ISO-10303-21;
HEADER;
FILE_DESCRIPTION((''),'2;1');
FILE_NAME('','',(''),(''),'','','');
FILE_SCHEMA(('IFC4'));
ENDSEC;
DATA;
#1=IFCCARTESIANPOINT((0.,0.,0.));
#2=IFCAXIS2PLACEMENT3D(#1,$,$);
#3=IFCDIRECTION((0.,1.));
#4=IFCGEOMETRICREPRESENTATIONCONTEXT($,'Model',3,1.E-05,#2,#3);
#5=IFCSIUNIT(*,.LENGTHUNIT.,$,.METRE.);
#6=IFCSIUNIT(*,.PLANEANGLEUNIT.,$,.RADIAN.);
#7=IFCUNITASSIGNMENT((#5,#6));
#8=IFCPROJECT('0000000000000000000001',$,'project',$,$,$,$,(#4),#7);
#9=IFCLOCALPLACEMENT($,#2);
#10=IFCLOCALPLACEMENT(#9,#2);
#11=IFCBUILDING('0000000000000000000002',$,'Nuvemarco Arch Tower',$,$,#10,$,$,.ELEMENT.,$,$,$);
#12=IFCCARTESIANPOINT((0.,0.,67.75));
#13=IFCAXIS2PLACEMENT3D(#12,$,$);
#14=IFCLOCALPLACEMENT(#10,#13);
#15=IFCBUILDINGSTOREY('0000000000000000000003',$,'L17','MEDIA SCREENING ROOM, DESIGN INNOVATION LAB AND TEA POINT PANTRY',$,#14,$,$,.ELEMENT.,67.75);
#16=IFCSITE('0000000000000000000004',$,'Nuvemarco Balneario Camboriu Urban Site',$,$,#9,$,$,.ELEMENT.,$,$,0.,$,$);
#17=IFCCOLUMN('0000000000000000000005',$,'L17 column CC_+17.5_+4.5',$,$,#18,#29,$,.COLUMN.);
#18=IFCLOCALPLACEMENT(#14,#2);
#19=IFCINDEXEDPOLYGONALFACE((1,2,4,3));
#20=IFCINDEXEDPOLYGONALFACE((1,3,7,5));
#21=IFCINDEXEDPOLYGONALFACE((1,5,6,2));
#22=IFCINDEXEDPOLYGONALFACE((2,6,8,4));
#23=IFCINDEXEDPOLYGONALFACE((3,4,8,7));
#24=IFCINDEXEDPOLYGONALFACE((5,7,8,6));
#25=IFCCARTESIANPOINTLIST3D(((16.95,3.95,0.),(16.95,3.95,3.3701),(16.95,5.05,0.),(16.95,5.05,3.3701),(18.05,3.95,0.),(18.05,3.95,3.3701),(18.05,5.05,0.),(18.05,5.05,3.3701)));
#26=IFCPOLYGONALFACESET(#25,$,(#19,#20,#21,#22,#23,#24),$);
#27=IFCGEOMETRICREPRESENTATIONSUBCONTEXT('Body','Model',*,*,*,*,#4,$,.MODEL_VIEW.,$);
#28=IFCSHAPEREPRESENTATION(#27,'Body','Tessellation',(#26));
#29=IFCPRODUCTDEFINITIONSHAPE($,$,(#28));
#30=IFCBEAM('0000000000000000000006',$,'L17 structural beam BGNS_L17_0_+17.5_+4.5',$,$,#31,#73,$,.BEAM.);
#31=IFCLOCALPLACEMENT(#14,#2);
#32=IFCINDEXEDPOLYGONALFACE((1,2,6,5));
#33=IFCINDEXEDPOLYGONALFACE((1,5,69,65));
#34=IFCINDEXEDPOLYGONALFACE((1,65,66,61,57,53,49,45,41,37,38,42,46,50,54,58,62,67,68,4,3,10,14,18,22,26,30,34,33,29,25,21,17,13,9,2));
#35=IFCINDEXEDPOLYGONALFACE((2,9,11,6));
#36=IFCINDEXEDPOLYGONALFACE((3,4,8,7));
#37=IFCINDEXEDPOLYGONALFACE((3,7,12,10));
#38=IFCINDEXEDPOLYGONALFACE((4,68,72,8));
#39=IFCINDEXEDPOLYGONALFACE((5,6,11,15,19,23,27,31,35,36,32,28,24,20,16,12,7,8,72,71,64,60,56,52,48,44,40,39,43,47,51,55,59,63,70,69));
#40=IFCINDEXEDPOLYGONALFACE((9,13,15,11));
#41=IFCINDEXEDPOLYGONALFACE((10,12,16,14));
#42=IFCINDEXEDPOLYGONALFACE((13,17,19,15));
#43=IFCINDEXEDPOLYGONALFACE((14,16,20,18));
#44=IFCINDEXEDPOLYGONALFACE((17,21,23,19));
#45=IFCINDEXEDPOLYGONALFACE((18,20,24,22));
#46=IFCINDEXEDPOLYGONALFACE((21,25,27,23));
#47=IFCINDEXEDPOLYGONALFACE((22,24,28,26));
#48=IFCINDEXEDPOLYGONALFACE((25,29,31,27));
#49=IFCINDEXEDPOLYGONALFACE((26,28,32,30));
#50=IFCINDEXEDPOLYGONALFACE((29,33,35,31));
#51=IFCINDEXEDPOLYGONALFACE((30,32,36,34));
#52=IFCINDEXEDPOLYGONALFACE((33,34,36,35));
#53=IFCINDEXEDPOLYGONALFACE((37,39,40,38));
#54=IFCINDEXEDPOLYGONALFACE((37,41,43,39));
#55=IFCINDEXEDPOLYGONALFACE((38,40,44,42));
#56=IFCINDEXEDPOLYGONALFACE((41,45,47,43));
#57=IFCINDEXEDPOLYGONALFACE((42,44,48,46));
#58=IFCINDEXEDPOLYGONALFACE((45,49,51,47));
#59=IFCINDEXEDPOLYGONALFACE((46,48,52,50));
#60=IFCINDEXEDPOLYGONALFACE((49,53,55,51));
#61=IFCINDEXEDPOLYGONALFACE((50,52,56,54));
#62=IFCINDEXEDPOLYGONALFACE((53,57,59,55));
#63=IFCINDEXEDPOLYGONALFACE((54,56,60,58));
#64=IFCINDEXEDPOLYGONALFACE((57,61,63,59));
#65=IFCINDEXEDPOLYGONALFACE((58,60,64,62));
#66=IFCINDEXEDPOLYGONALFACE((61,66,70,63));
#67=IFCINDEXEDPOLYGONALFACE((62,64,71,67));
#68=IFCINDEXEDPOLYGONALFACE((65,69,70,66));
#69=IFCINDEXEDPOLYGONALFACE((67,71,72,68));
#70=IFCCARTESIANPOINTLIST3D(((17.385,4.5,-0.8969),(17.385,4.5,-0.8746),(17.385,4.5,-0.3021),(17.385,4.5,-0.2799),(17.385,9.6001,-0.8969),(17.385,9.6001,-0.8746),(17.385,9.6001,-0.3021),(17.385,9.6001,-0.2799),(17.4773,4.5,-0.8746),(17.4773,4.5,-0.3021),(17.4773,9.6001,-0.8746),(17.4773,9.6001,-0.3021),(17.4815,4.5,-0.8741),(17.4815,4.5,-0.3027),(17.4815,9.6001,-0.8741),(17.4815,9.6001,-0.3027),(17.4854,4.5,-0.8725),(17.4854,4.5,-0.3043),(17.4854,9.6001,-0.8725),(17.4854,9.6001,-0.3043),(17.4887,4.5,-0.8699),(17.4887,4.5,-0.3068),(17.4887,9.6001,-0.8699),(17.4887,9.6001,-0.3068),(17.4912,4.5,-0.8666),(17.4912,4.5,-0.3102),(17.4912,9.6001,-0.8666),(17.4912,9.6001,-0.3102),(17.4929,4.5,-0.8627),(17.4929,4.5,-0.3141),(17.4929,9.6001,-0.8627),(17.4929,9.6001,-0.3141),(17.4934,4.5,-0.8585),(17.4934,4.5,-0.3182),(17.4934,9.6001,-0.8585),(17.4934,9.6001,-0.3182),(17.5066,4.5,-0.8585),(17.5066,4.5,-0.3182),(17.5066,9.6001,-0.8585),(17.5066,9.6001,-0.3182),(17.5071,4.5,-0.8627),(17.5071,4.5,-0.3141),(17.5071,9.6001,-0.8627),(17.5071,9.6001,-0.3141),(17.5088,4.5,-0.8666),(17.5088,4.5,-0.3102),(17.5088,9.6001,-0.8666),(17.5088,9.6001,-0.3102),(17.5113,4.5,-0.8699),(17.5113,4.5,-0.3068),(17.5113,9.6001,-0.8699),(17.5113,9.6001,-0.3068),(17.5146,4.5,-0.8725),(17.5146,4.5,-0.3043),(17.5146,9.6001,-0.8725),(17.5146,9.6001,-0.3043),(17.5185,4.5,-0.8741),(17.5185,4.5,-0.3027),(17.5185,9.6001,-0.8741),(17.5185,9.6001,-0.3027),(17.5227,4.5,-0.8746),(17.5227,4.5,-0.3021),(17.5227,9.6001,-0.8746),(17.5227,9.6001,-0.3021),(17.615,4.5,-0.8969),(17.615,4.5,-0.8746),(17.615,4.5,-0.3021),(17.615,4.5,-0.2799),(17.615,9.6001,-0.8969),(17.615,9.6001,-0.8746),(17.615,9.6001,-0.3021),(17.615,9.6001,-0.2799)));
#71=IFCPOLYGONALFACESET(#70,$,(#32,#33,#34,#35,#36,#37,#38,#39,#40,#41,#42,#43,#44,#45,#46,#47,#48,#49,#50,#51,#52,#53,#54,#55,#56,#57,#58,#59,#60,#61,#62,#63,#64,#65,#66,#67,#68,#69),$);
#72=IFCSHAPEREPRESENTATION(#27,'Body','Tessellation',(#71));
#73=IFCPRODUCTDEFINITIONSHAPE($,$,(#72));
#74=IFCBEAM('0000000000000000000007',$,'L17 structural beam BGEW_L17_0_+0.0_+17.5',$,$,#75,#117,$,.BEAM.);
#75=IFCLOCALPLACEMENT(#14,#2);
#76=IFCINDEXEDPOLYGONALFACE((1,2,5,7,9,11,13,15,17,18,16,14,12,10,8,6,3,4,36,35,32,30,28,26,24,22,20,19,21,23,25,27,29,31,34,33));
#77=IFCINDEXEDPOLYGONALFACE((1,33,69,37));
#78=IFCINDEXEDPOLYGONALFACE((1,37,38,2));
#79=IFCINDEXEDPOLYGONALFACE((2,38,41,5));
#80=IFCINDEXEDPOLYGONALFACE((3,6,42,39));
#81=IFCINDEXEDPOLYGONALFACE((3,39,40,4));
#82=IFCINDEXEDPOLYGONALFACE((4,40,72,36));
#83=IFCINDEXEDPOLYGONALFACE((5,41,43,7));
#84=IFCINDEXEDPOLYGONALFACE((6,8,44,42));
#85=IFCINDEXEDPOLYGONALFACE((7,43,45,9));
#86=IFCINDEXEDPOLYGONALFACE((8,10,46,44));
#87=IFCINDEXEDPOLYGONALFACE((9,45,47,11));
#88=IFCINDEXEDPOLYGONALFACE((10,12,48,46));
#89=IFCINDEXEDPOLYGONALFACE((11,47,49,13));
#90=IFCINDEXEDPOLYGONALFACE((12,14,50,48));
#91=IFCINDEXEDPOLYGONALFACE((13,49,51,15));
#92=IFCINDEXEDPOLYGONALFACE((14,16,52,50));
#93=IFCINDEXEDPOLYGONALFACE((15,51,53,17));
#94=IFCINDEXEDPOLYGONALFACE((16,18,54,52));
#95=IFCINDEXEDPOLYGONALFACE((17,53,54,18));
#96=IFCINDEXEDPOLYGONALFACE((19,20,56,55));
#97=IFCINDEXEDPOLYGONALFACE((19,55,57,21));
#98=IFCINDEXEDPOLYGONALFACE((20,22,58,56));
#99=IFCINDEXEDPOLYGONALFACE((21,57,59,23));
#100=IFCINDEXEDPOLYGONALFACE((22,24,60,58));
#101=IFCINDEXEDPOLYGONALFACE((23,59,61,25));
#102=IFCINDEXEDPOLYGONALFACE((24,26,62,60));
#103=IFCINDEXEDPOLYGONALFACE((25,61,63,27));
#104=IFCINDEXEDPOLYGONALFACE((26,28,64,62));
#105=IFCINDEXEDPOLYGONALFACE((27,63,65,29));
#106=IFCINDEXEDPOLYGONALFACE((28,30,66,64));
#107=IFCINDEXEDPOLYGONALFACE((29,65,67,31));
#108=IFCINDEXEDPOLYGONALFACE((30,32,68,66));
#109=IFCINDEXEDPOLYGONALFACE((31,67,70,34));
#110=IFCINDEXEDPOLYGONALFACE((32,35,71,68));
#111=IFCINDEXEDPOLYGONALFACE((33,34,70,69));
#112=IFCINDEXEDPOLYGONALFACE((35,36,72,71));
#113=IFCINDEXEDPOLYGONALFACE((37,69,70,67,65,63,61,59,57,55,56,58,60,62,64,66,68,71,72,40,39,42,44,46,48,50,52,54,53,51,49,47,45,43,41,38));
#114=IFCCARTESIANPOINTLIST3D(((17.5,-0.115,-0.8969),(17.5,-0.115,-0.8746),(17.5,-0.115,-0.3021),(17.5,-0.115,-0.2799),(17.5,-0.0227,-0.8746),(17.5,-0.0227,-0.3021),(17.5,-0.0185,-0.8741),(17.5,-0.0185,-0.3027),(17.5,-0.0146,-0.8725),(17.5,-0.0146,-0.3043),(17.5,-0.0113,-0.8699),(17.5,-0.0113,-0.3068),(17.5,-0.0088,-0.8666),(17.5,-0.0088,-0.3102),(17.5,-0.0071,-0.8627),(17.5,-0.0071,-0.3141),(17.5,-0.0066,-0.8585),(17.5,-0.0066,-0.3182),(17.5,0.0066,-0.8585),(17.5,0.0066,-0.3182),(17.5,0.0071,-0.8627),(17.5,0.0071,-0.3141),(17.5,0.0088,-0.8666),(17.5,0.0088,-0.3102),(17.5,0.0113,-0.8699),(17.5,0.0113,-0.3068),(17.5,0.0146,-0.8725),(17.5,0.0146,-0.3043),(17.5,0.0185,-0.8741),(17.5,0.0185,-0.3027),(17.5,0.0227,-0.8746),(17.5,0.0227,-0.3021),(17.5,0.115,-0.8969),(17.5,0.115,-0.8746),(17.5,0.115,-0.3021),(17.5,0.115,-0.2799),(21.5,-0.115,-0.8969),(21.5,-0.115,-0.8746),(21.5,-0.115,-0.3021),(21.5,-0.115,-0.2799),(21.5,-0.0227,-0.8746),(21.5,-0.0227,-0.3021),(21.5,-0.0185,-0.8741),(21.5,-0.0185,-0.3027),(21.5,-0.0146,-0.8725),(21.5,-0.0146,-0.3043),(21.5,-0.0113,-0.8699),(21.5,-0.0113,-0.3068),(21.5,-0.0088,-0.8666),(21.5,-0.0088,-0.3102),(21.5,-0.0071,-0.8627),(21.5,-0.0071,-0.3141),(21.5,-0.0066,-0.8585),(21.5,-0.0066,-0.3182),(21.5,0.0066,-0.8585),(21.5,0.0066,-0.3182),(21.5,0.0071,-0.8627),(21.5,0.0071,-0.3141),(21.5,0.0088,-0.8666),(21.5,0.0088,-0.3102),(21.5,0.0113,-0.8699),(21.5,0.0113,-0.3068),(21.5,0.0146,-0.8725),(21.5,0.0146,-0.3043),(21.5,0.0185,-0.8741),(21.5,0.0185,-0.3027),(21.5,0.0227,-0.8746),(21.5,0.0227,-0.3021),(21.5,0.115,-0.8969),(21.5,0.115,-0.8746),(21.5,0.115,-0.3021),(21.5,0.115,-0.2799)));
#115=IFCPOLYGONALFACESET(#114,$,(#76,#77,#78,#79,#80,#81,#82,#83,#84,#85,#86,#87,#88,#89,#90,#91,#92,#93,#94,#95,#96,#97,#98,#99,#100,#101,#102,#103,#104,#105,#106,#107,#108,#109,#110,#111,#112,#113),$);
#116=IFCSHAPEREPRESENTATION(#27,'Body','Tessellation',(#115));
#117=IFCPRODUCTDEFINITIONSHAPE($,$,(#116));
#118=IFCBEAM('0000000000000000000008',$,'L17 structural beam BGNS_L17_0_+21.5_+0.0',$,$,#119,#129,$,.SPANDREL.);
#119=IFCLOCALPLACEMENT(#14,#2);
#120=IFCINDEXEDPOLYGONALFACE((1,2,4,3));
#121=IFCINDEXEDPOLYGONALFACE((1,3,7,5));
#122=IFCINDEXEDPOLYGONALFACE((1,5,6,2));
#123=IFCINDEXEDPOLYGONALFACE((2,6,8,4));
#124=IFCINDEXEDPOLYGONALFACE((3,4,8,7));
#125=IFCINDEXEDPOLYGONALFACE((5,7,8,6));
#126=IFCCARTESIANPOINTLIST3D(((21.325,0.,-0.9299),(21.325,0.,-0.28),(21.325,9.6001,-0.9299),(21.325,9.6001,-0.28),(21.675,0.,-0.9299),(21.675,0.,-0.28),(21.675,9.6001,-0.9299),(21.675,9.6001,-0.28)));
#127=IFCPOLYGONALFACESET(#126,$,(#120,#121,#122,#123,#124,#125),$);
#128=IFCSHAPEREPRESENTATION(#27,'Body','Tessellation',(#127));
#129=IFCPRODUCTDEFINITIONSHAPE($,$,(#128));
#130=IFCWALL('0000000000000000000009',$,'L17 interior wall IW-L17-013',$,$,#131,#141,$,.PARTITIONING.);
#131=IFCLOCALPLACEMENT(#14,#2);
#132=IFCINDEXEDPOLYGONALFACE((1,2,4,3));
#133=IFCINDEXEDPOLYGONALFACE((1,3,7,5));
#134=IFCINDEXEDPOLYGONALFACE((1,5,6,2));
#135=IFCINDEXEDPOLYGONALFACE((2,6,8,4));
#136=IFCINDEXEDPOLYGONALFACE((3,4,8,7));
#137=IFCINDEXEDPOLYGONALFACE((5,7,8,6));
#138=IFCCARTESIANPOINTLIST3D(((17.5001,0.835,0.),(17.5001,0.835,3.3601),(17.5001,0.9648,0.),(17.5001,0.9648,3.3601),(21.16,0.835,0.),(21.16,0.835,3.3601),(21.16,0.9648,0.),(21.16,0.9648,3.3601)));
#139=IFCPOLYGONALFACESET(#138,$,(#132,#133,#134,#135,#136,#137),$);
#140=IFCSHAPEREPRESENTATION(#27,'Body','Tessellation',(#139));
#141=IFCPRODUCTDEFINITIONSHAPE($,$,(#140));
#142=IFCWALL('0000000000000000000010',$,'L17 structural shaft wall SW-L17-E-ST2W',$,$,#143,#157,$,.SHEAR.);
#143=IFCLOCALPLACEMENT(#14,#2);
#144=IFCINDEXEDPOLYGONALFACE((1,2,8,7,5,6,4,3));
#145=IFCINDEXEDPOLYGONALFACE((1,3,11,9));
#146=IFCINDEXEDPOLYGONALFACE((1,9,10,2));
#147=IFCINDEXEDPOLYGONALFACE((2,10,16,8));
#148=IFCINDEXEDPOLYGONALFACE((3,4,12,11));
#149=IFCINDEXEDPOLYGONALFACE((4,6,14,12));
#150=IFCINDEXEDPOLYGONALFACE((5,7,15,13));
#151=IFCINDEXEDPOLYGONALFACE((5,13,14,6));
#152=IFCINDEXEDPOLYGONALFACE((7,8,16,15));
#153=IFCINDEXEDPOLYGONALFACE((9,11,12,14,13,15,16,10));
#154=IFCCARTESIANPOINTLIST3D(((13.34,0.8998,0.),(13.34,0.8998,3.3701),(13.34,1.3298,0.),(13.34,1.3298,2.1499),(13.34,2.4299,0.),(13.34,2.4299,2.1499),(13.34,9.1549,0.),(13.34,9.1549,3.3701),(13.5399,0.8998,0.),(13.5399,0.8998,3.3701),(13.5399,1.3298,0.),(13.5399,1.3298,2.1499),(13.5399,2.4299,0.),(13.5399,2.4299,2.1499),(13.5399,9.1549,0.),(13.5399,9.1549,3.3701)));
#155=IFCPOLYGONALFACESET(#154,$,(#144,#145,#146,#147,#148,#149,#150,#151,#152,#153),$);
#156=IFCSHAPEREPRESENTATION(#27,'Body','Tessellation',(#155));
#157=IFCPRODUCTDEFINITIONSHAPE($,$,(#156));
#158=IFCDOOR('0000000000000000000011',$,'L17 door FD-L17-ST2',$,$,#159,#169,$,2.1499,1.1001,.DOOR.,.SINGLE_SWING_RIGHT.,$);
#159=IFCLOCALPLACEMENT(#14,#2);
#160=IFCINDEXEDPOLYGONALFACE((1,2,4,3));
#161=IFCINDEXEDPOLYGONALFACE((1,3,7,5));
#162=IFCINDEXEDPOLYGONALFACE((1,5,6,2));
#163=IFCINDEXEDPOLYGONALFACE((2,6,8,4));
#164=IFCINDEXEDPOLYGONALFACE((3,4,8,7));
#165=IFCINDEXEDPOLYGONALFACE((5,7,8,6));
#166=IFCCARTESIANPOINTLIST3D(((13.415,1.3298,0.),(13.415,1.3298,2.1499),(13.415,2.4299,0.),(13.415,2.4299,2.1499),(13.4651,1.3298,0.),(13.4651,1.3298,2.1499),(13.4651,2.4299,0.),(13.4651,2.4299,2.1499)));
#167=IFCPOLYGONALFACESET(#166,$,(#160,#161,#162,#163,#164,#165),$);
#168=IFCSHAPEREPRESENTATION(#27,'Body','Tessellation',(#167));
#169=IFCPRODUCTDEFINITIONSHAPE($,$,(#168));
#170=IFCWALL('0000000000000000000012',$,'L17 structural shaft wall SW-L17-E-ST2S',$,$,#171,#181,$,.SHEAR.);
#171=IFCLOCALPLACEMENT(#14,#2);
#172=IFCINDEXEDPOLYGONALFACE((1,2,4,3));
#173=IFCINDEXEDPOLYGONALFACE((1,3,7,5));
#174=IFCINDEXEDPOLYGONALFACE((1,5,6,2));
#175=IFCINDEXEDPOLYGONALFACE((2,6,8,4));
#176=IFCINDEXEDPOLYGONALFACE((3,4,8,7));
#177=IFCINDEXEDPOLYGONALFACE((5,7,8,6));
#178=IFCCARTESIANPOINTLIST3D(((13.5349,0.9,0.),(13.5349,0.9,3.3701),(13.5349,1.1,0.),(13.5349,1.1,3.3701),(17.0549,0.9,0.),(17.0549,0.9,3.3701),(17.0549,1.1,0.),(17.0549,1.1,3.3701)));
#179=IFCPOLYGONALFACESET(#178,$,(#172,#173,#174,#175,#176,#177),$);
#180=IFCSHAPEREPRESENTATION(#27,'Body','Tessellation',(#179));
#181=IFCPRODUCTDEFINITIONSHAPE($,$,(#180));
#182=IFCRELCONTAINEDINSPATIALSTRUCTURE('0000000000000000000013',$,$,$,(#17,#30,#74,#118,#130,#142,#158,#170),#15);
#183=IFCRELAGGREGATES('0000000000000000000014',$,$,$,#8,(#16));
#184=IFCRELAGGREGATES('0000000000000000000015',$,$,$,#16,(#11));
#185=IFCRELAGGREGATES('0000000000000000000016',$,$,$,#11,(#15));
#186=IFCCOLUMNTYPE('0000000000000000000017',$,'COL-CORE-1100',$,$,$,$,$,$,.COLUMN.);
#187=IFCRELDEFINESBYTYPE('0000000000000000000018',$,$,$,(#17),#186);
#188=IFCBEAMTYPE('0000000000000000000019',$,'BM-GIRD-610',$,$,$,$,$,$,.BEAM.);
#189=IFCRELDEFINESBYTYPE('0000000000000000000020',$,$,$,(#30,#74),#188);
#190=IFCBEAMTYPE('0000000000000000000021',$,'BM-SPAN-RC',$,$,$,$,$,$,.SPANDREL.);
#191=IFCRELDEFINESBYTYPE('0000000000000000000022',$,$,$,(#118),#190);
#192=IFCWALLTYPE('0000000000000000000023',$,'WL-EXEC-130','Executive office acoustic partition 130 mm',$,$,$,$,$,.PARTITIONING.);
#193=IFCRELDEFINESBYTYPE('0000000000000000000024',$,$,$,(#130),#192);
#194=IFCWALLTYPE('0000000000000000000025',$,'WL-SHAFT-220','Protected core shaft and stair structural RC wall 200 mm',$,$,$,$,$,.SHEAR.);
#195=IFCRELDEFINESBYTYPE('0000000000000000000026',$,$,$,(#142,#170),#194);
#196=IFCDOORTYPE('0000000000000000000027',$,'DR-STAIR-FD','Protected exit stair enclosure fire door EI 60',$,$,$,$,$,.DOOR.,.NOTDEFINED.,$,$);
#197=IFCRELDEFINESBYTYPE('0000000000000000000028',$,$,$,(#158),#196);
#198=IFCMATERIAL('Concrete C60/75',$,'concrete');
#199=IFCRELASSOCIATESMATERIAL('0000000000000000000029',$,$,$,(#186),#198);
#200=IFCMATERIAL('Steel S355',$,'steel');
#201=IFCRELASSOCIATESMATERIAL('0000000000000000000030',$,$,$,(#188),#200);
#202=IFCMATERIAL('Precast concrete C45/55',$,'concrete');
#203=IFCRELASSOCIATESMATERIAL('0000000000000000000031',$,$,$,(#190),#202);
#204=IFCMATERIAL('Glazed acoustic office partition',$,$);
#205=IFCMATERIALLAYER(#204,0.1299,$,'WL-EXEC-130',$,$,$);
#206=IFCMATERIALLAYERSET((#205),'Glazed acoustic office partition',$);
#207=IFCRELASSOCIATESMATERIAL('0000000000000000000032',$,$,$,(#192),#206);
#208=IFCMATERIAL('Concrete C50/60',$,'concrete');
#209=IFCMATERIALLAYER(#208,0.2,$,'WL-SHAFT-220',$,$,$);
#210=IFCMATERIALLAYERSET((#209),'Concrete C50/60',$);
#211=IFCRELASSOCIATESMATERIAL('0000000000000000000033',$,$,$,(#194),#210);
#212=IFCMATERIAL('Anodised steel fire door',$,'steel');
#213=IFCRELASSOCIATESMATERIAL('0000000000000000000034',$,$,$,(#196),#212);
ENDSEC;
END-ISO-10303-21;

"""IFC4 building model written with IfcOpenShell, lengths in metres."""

from ifc_helpers import new_model, si_unit, direction, frame, frame_2d, origin, origin_2d, place, context, subcontext, project, spatial, rectangle, i_section, extrude, source, transform, mapped, material, layer, layer_set, material_profile, profile_set, type_object, type_shapes, element, fill, save


model = new_model("IFC4")

# Units and contexts
model_context = context("Model", 3, precision=1e-05, world=origin(), true_north=direction((0.0, 1.0)))
body_context = subcontext(model_context, "Body", "Model", "MODEL_VIEW")
ifc_project = project(units=[si_unit("LENGTHUNIT", "METRE"), si_unit("PLANEANGLEUNIT", "RADIAN")], contexts=[model_context])

# Site, building, storey
site_placement = place(None, origin())
site = spatial("IfcSite", under=ifc_project, at=site_placement, Name="Nuvemarco Balneario Camboriu Urban Site", CompositionType="ELEMENT", RefElevation=0.0)
building_placement = place(site_placement, origin())
building = spatial("IfcBuilding", under=site, at=building_placement, Name="Nuvemarco Arch Tower", CompositionType="ELEMENT")
storey_placement = place(building_placement, frame((0.0, 0.0, 67.75)))
storey = spatial("IfcBuildingStorey", under=building, at=storey_placement, Name="L17", Description="MEDIA SCREENING ROOM, DESIGN INNOVATION LAB AND TEA POINT PANTRY", CompositionType="ELEMENT", Elevation=67.75)

# Column
ifc_material_1 = material(Name="Concrete C60/75", Category="concrete")
ifc_material_profile_1 = material_profile(ifc_material_1, rectangle(XDim=1.1001, YDim=1.1001, at=origin_2d()), Name="RC-COL-1100x1100")
ifc_profile_set_1 = profile_set([ifc_material_profile_1], Name="Concrete C60/75")
column_type = type_object("IfcColumnType", Name="COL-CORE-1100", PredefinedType="COLUMN", material=ifc_profile_set_1)
column_placement = place(storey_placement, frame((17.5, 4.5, 0.0), z_axis=(0.0, 0.0, 1.0), x_axis=(1.0, 0.0, 0.0)))
element("IfcColumn", 1, at=column_placement, inside=storey, type_object=column_type, Name="L17 column CC_+17.5_+4.5", PredefinedType="COLUMN", context=body_context, shape_type="SweptSolid", body=[
    extrude(rectangle(XDim=1.1001, YDim=1.1001, at=origin_2d()), origin(), (0.0, 0.0, 1.0), 3.3701),
])

# Beams
ifc_material_2 = material(Name="Steel S355", Category="steel")
ifc_material_profile_2 = material_profile(ifc_material_2, i_section(OverallWidth=0.23, OverallDepth=0.6169, WebThickness=0.0132, FlangeThickness=0.0222, FilletRadius=0.0161, at=origin_2d()), Name="W610x140")
ifc_profile_set_2 = profile_set([ifc_material_profile_2], Name="Steel S355")
beam_type_1 = type_object("IfcBeamType", Name="BM-GIRD-610", PredefinedType="BEAM", material=ifc_profile_set_2)
beam_1_placement = place(storey_placement, frame((17.5, 4.5, -0.5884), z_axis=(0.0, 1.0, 0.0), x_axis=(-1.0, 0.0, 0.0)))
element("IfcBeam", 2, at=beam_1_placement, inside=storey, type_object=beam_type_1, Name="L17 structural beam BGNS_L17_0_+17.5_+4.5", PredefinedType="BEAM", context=body_context, shape_type="SweptSolid", body=[
    extrude(i_section(OverallWidth=0.23, OverallDepth=0.6169, WebThickness=0.0132, FlangeThickness=0.0222, FilletRadius=0.0161, at=origin_2d()), origin(), (0.0, 0.0, 1.0), 5.1001),
])
beam_2_placement = place(storey_placement, frame((17.5, 0.0, -0.5884), z_axis=(1.0, 0.0, 0.0), x_axis=(0.0, 1.0, 0.0)))
element("IfcBeam", 3, at=beam_2_placement, inside=storey, type_object=beam_type_1, Name="L17 structural beam BGEW_L17_0_+0.0_+17.5", PredefinedType="BEAM", context=body_context, shape_type="SweptSolid", body=[
    extrude(i_section(OverallWidth=0.23, OverallDepth=0.6169, WebThickness=0.0132, FlangeThickness=0.0222, FilletRadius=0.0161, at=origin_2d()), origin(), (0.0, 0.0, 1.0), 4.0),
])
ifc_material_3 = material(Name="Precast concrete C45/55", Category="concrete")
ifc_material_profile_3 = material_profile(ifc_material_3, rectangle(XDim=0.3501, YDim=0.6499, at=origin_2d()), Name="PC-SP-350x650")
ifc_profile_set_3 = profile_set([ifc_material_profile_3], Name="Precast concrete C45/55")
beam_type_2 = type_object("IfcBeamType", Name="BM-SPAN-RC", PredefinedType="SPANDREL", material=ifc_profile_set_3)
beam_3_placement = place(storey_placement, frame((21.5, 0.0, -0.605), z_axis=(0.0, 1.0, 0.0), x_axis=(-1.0, 0.0, 0.0)))
element("IfcBeam", 4, at=beam_3_placement, inside=storey, type_object=beam_type_2, Name="L17 structural beam BGNS_L17_0_+21.5_+0.0", PredefinedType="SPANDREL", context=body_context, shape_type="SweptSolid", body=[
    extrude(rectangle(XDim=0.3501, YDim=0.6499, at=origin_2d()), origin(), (0.0, 0.0, 1.0), 9.6001),
])

# Wall
ifc_material_4 = material(Name="Glazed acoustic office partition")
ifc_layer_1 = layer(ifc_material_4, 0.1299, Name="WL-EXEC-130")
ifc_layer_set_1 = layer_set([ifc_layer_1], Name="Glazed acoustic office partition")
wall_type_1 = type_object("IfcWallType", Name="WL-EXEC-130", Description="Executive office acoustic partition 130 mm", PredefinedType="PARTITIONING", material=ifc_layer_set_1)
wall_1_placement = place(storey_placement, frame((17.5, 0.8999, 0.0), z_axis=(0.0, 0.0, 1.0), x_axis=(1.0, 0.0, 0.0)))
element("IfcWall", 5, at=wall_1_placement, inside=storey, type_object=wall_type_1, Name="L17 interior wall IW-L17-013", PredefinedType="PARTITIONING", context=body_context, shape_type="SweptSolid", body=[
    extrude(rectangle(XDim=3.6599, YDim=0.1299, at=frame_2d((1.8301, 0.0))), origin(), (0.0, 0.0, 1.0), 3.3601),
])

# Wall, opening, door
ifc_material_5 = material(Name="Concrete C50/60", Category="concrete")
ifc_layer_2 = layer(ifc_material_5, 0.2, Name="WL-SHAFT-220")
ifc_layer_set_2 = layer_set([ifc_layer_2], Name="Concrete C50/60")
wall_type_2 = type_object("IfcWallType", Name="WL-SHAFT-220", Description="Protected core shaft and stair structural RC wall 200 mm", PredefinedType="SHEAR", material=ifc_layer_set_2)
wall_2_placement = place(storey_placement, frame((13.4399, 0.8999, 0.0), z_axis=(0.0, 0.0, 1.0), x_axis=(0.0, 1.0, 0.0)))
wall_2 = element("IfcWall", 6, at=wall_2_placement, inside=storey, type_object=wall_type_2, Name="L17 structural shaft wall SW-L17-E-ST2W", PredefinedType="SHEAR", context=body_context, shape_type="SweptSolid", body=[
    extrude(rectangle(XDim=8.2551, YDim=0.2, at=frame_2d((4.1274, 0.0))), origin(), (0.0, 0.0, 1.0), 3.3701),
])
opening_placement = place(wall_2_placement, frame((0.4299, 0.0, 0.0)))
opening = element("IfcOpeningElement", 7, at=opening_placement, cuts=wall_2, PredefinedType="OPENING", context=body_context, shape_type="SweptSolid", body=[
    extrude(rectangle(XDim=1.1001, YDim=2.1499, at=frame_2d((0.55, 1.075))), frame((0.0, 0.1099, 0.0), z_axis=(0.0, -1.0, 0.0), x_axis=(1.0, 0.0, 0.0)), (0.0, 0.0, 1.0), 0.22),
])
ifc_material_6 = material(Name="Anodised steel fire door", Category="steel")
door_type = type_object("IfcDoorType", Name="DR-STAIR-FD", Description="Protected exit stair enclosure fire door EI 60", OperationType="NOTDEFINED", PredefinedType="DOOR", material=ifc_material_6)
shared_shape_1 = source(origin(), body_context, "Body", "SweptSolid", [
    extrude(rectangle(XDim=1.1001, YDim=2.1499, at=frame_2d((0.55, 1.075))), frame((0.0, 0.0249, 0.0), z_axis=(0.0, -1.0, 0.0), x_axis=(1.0, 0.0, 0.0)), (0.0, 0.0, 1.0), 0.05),
])
type_shapes(door_type, [shared_shape_1])
door_placement = place(opening_placement, origin())
door = element("IfcDoor", 8, at=door_placement, inside=storey, type_object=door_type, Name="L17 door FD-L17-ST2", OperationType="SINGLE_SWING_RIGHT", OverallHeight=2.1499, OverallWidth=1.1001, PredefinedType="DOOR", context=body_context, shape_type="MappedRepresentation", body=[
    mapped(shared_shape_1, transform((0.0, 0.0, 0.0), scale=1.0)),
])
fill(opening, door)

# Wall
for number, where, z_axis, x_axis, name in (
    (9, (13.5349, 1.0, 0.0), (0.0, 0.0, 1.0), (1.0, 0.0, 0.0), "L17 structural shaft wall SW-L17-E-ST2S"),
):
    element("IfcWall", number, at=place(storey_placement, frame(where, z_axis=z_axis, x_axis=x_axis)), inside=storey, type_object=wall_type_2, Name=name, PredefinedType="SHEAR", context=body_context, shape_type="SweptSolid", body=[
        extrude(rectangle(XDim=3.52, YDim=0.2, at=frame_2d((1.76, 0.0))), origin(), (0.0, 0.0, 1.0), 3.3701),
    ])

save(model, "model.ifc")
